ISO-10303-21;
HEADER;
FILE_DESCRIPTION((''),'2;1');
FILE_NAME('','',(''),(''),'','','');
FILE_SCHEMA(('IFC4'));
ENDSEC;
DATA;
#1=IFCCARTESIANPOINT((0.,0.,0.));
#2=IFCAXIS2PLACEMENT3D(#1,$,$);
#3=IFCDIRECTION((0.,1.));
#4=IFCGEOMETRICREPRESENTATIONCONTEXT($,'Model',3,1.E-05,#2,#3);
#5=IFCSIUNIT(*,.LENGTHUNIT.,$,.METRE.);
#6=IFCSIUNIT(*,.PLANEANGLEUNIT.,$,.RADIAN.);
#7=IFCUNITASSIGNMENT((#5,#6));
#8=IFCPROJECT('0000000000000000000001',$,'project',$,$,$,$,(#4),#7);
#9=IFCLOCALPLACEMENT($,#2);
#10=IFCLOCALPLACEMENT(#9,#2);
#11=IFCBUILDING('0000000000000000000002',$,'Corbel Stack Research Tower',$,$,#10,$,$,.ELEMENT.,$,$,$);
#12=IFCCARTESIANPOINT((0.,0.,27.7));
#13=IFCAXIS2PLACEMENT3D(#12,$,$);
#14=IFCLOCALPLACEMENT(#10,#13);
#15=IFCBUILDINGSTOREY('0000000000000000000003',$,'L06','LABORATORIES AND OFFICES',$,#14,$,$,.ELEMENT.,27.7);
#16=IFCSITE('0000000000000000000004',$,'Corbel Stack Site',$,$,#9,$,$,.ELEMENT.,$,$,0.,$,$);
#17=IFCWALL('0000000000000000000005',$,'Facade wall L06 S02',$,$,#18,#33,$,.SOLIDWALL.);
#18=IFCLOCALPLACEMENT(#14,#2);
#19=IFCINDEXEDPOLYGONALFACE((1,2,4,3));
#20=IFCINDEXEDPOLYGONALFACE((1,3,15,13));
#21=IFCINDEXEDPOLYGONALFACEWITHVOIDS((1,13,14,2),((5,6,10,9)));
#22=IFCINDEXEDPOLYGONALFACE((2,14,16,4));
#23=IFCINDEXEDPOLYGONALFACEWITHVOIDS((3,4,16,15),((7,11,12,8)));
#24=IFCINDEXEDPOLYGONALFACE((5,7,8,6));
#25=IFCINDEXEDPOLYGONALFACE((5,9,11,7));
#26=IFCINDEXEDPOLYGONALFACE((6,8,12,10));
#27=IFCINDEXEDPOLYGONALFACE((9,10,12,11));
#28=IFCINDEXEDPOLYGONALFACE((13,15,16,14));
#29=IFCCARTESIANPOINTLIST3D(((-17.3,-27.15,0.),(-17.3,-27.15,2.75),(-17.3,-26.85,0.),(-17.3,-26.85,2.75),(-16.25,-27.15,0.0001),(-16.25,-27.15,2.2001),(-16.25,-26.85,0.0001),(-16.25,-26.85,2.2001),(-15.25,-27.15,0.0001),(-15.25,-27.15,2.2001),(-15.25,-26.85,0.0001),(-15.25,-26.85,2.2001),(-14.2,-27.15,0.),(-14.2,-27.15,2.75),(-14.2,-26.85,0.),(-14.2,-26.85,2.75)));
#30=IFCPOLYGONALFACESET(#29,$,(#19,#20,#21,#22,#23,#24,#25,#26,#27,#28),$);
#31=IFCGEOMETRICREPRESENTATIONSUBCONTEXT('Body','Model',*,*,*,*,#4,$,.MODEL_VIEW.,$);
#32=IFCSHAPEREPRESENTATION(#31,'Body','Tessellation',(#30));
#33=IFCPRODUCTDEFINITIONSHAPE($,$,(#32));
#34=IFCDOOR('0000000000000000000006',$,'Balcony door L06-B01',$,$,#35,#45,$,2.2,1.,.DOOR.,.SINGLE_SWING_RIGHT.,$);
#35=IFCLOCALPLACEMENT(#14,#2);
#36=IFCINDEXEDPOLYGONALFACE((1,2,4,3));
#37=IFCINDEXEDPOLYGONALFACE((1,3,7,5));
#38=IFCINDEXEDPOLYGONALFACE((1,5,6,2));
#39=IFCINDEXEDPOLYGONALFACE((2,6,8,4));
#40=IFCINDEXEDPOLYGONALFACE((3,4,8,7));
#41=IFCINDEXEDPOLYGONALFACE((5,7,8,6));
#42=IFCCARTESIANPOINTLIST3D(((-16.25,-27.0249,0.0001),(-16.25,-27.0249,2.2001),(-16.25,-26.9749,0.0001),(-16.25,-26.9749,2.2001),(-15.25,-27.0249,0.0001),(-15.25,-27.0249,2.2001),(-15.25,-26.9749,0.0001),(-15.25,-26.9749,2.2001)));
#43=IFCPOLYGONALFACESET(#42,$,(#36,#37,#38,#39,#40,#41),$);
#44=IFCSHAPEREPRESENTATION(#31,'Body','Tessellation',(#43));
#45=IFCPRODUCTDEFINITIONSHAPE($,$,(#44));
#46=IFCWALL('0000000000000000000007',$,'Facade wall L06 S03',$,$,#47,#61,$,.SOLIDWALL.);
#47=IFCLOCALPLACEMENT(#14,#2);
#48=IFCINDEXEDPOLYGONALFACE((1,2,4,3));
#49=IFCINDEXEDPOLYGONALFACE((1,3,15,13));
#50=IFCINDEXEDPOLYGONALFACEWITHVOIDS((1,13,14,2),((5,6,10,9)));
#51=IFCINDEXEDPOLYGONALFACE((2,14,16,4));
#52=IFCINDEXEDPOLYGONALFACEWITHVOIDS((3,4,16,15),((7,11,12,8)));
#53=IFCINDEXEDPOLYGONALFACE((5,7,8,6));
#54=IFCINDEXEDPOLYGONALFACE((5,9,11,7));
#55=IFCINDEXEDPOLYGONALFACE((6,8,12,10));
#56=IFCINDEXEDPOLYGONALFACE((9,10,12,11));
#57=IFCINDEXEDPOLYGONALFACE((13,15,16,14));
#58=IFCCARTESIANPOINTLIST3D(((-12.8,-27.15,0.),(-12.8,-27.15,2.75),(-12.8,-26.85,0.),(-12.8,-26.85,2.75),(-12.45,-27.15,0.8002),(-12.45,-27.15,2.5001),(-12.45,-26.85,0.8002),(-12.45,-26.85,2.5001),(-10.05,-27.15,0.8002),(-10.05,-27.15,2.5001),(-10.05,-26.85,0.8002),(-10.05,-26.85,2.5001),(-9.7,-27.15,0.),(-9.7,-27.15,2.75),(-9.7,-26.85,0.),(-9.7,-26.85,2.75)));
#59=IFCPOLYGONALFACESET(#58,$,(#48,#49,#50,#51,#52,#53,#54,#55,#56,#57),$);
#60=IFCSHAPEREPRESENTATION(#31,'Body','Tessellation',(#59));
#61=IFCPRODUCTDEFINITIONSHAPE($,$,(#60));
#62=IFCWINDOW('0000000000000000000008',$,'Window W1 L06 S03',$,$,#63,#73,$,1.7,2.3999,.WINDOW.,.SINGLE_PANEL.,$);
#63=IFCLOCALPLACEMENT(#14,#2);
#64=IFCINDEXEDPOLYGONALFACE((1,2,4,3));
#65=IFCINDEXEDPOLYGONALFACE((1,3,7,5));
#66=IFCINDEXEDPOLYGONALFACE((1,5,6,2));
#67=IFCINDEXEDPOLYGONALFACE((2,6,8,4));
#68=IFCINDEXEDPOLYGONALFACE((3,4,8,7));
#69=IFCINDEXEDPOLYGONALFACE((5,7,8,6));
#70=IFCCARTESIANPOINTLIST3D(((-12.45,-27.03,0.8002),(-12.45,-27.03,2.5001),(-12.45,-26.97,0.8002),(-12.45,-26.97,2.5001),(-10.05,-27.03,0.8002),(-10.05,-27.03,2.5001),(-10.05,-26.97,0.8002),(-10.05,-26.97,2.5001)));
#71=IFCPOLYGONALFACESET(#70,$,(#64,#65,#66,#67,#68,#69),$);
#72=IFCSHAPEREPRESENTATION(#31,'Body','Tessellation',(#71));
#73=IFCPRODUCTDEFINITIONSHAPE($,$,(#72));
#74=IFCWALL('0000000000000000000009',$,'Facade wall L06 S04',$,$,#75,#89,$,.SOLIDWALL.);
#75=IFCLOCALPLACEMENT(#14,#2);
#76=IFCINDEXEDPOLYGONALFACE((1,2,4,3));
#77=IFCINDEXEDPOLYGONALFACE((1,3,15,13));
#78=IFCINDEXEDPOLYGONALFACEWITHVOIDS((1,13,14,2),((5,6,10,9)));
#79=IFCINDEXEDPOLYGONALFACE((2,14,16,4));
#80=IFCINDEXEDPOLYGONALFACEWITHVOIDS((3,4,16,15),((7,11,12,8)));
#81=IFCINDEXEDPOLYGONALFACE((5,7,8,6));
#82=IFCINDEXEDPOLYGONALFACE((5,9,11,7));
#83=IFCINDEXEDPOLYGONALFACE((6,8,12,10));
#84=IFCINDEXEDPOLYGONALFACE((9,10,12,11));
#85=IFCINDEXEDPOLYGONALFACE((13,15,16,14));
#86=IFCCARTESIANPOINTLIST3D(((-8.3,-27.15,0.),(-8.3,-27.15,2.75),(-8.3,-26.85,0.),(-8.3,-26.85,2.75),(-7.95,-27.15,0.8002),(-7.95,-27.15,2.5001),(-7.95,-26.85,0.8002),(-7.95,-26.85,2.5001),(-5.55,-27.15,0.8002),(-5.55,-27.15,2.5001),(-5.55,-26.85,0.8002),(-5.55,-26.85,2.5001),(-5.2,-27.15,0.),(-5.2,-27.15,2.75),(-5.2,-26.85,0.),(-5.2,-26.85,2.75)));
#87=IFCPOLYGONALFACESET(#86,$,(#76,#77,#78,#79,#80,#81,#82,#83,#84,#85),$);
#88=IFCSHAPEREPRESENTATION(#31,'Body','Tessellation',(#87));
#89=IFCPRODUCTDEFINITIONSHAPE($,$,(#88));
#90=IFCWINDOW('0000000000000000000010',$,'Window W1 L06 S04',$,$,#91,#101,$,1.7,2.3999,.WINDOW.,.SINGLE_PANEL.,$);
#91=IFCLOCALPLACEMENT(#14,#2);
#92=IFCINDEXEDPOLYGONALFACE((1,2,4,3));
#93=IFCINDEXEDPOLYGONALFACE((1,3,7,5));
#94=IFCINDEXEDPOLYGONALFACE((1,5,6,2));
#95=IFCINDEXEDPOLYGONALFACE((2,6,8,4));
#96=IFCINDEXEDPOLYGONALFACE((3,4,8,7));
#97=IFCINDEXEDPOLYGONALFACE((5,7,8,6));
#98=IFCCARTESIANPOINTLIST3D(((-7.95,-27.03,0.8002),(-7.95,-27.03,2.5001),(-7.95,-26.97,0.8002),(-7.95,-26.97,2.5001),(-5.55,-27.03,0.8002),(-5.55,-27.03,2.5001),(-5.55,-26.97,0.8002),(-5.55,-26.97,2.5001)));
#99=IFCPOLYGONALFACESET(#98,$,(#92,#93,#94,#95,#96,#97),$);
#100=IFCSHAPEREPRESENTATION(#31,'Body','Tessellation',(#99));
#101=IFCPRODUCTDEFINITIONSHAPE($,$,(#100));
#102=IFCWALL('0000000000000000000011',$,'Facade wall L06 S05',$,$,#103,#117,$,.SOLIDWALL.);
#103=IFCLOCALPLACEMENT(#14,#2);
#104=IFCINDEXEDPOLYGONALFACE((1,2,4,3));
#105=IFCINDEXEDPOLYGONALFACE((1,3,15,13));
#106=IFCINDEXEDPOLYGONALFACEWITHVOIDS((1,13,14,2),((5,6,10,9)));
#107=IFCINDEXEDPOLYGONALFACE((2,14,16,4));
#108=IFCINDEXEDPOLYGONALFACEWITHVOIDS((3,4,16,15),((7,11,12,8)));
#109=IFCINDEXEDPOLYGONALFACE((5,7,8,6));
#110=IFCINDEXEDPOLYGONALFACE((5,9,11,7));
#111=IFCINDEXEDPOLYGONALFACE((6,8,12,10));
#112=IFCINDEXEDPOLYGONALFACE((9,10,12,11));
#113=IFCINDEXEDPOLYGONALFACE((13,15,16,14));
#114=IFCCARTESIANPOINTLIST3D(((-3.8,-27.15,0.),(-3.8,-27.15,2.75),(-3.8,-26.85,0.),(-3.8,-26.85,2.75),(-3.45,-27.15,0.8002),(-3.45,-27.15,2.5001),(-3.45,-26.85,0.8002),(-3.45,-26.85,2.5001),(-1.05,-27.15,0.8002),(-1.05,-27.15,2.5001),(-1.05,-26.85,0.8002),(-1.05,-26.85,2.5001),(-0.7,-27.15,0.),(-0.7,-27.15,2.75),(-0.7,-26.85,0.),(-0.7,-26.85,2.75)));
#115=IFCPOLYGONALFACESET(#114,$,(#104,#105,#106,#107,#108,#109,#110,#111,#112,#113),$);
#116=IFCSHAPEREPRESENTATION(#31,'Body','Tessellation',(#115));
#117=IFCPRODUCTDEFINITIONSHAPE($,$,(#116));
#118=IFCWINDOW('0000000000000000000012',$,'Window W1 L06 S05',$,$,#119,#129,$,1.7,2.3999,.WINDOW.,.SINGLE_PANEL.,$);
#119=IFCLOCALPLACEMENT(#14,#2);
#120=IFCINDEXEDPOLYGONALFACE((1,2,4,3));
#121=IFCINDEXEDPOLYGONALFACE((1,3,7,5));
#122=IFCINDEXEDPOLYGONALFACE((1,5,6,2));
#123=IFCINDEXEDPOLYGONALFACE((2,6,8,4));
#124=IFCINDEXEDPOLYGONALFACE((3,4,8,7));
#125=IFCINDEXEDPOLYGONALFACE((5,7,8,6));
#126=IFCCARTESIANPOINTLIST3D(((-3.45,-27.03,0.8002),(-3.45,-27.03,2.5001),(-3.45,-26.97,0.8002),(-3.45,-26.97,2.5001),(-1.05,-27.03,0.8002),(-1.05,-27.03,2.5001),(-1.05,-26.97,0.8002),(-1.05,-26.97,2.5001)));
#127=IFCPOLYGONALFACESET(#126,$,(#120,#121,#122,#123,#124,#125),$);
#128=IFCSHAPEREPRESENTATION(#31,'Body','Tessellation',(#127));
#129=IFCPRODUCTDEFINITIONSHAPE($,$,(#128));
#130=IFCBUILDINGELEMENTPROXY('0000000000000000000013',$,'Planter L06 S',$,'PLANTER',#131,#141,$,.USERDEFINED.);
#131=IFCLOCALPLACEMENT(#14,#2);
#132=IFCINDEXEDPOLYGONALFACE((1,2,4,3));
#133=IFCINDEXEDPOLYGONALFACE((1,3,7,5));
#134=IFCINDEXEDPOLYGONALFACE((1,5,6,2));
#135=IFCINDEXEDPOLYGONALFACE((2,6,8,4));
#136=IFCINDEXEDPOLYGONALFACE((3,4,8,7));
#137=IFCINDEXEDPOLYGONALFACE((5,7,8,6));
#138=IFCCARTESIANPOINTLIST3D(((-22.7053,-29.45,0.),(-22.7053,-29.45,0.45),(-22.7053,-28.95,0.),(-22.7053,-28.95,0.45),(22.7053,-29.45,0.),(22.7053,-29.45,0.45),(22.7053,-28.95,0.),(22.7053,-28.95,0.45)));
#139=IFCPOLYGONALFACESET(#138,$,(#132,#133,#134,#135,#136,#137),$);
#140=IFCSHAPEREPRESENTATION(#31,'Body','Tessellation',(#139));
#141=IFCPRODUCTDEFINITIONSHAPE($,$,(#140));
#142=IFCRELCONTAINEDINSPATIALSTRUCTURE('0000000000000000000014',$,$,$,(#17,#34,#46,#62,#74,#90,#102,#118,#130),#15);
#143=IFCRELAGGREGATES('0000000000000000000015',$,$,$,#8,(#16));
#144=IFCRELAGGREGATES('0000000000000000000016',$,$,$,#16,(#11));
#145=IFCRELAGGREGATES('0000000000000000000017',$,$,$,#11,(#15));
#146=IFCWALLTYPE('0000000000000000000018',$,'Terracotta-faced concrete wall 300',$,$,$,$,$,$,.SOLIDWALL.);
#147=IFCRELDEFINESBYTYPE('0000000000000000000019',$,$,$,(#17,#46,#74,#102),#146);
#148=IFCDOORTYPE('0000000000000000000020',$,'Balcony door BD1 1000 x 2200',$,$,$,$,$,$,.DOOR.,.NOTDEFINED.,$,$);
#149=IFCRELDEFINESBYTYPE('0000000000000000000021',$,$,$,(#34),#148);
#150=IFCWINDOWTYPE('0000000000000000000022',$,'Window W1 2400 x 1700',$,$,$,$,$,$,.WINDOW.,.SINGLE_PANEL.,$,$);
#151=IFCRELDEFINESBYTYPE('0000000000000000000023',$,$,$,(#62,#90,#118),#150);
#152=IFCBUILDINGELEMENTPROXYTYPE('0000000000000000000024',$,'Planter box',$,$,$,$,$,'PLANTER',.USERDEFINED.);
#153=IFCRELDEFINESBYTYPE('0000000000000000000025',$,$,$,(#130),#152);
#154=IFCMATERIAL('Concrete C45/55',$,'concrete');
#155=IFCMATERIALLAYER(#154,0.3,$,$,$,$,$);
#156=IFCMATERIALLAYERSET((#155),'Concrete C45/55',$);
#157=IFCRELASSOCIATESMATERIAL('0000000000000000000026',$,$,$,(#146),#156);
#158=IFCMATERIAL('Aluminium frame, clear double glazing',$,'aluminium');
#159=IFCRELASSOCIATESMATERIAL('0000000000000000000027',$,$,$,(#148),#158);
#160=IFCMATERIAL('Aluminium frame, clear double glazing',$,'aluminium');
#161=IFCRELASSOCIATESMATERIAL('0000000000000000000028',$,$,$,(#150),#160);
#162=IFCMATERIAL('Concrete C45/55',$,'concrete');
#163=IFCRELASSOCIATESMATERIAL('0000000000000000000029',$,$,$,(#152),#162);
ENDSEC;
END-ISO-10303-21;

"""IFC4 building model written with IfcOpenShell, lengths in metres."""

from ifc_helpers import new_model, si_unit, direction, frame, frame_2d, origin, origin_2d, place, context, subcontext, project, spatial, rectangle, extrude, material, layer, layer_set, type_object, element, fill, save


model = new_model("IFC4")

# Units and contexts
model_context = context("Model", 3, precision=1e-05, world=origin(), true_north=direction((0.0, 1.0)))
body_context = subcontext(model_context, "Body", "Model", "MODEL_VIEW")
ifc_project = project(units=[si_unit("LENGTHUNIT", "METRE"), si_unit("PLANEANGLEUNIT", "RADIAN")], contexts=[model_context])

# Site, building, storey
site_placement = place(None, origin())
site = spatial("IfcSite", under=ifc_project, at=site_placement, Name="Corbel Stack Site", CompositionType="ELEMENT", RefElevation=0.0)
building_placement = place(site_placement, origin())
building = spatial("IfcBuilding", under=site, at=building_placement, Name="Corbel Stack Research Tower", CompositionType="ELEMENT")
storey_placement = place(building_placement, frame((0.0, 0.0, 27.7)))
storey = spatial("IfcBuildingStorey", under=building, at=storey_placement, Name="L06", Description="LABORATORIES AND OFFICES", CompositionType="ELEMENT", Elevation=27.7)

# Wall, opening, door
ifc_material_1 = material(Name="Concrete C45/55", Category="concrete")
ifc_layer_1 = layer(ifc_material_1, 0.3)
ifc_layer_set_1 = layer_set([ifc_layer_1], Name="Concrete C45/55")
wall_type_1 = type_object("IfcWallType", Name="Terracotta-faced concrete wall 300", PredefinedType="SOLIDWALL", material=ifc_layer_set_1)
wall_1_placement = place(storey_placement, frame((-14.2, -27.0, 0.0), z_axis=(0.0, 0.0, 1.0), x_axis=(-1.0, 0.0, 0.0)))
wall_1 = element("IfcWall", 1, at=wall_1_placement, inside=storey, type_object=wall_type_1, Name="Facade wall L06 S02", PredefinedType="SOLIDWALL", context=body_context, shape_type="SweptSolid", body=[
    extrude(rectangle(XDim=3.1001, YDim=0.3, at=frame_2d((1.55, 0.0))), origin(), (0.0, 0.0, 1.0), 2.75),
])
opening_1_placement = place(wall_1_placement, frame((1.05, 0.0, 0.0)))
opening_1 = element("IfcOpeningElement", 2, at=opening_1_placement, cuts=wall_1, PredefinedType="OPENING", context=body_context, shape_type="SweptSolid", body=[
    extrude(rectangle(XDim=1.0, YDim=2.2, at=frame_2d((0.5, 1.1001))), frame((0.0, 0.1599, 0.0), z_axis=(0.0, -1.0, 0.0), x_axis=(1.0, 0.0, 0.0)), (0.0, 0.0, 1.0), 0.3201),
])
ifc_material_2 = material(Name="Aluminium frame, clear double glazing", Category="aluminium")
door_type = type_object("IfcDoorType", Name="Balcony door BD1 1000 x 2200", OperationType="NOTDEFINED", PredefinedType="DOOR", material=ifc_material_2)
door_placement = place(opening_1_placement, origin())
door = element("IfcDoor", 3, at=door_placement, inside=storey, type_object=door_type, Name="Balcony door L06-B01", OperationType="SINGLE_SWING_RIGHT", OverallHeight=2.2, OverallWidth=1.0, PredefinedType="DOOR", context=body_context, shape_type="SweptSolid", body=[
    extrude(rectangle(XDim=1.0, YDim=2.2, at=frame_2d((0.5, 1.1001))), frame((0.0, 0.0249, 0.0), z_axis=(0.0, -1.0, 0.0), x_axis=(1.0, 0.0, 0.0)), (0.0, 0.0, 1.0), 0.05),
])
fill(opening_1, door)

# Walls, openings, windows
wall_2_placement = place(storey_placement, frame((-9.7, -27.0, 0.0), z_axis=(0.0, 0.0, 1.0), x_axis=(-1.0, 0.0, 0.0)))
wall_2 = element("IfcWall", 4, at=wall_2_placement, inside=storey, type_object=wall_type_1, Name="Facade wall L06 S03", PredefinedType="SOLIDWALL", context=body_context, shape_type="SweptSolid", body=[
    extrude(rectangle(XDim=3.1001, YDim=0.3, at=frame_2d((1.55, 0.0))), origin(), (0.0, 0.0, 1.0), 2.75),
])
opening_2_placement = place(wall_2_placement, frame((0.3501, 0.0, 0.8)))
opening_2 = element("IfcOpeningElement", 5, at=opening_2_placement, cuts=wall_2, PredefinedType="OPENING", context=body_context, shape_type="SweptSolid", body=[
    extrude(rectangle(XDim=2.3999, YDim=1.7, at=frame_2d((1.2, 0.8501))), frame((0.0, 0.1599, 0.0), z_axis=(0.0, -1.0, 0.0), x_axis=(1.0, 0.0, 0.0)), (0.0, 0.0, 1.0), 0.3201),
])
ifc_material_3 = material(Name="Aluminium frame, clear double glazing", Category="aluminium")
window_type = type_object("IfcWindowType", Name="Window W1 2400 x 1700", PartitioningType="SINGLE_PANEL", PredefinedType="WINDOW", material=ifc_material_3)
window_1_placement = place(opening_2_placement, origin())
window_1 = element("IfcWindow", 6, at=window_1_placement, inside=storey, type_object=window_type, Name="Window W1 L06 S03", OverallHeight=1.7, OverallWidth=2.3999, PartitioningType="SINGLE_PANEL", PredefinedType="WINDOW", context=body_context, shape_type="SweptSolid", body=[
    extrude(rectangle(XDim=2.3999, YDim=1.7, at=frame_2d((1.2, 0.8501))), frame((0.0, 0.03, 0.0), z_axis=(0.0, -1.0, 0.0), x_axis=(1.0, 0.0, 0.0)), (0.0, 0.0, 1.0), 0.0601),
])
fill(opening_2, window_1)
wall_3_placement = place(storey_placement, frame((-5.2, -27.0, 0.0), z_axis=(0.0, 0.0, 1.0), x_axis=(-1.0, 0.0, 0.0)))
wall_3 = element("IfcWall", 7, at=wall_3_placement, inside=storey, type_object=wall_type_1, Name="Facade wall L06 S04", PredefinedType="SOLIDWALL", context=body_context, shape_type="SweptSolid", body=[
    extrude(rectangle(XDim=3.1001, YDim=0.3, at=frame_2d((1.55, 0.0))), origin(), (0.0, 0.0, 1.0), 2.75),
])
opening_3_placement = place(wall_3_placement, frame((0.3501, 0.0, 0.8)))
opening_3 = element("IfcOpeningElement", 8, at=opening_3_placement, cuts=wall_3, PredefinedType="OPENING", context=body_context, shape_type="SweptSolid", body=[
    extrude(rectangle(XDim=2.3999, YDim=1.7, at=frame_2d((1.2, 0.8501))), frame((0.0, 0.1599, 0.0), z_axis=(0.0, -1.0, 0.0), x_axis=(1.0, 0.0, 0.0)), (0.0, 0.0, 1.0), 0.3201),
])
window_2_placement = place(opening_3_placement, origin())
window_2 = element("IfcWindow", 9, at=window_2_placement, inside=storey, type_object=window_type, Name="Window W1 L06 S04", OverallHeight=1.7, OverallWidth=2.3999, PartitioningType="SINGLE_PANEL", PredefinedType="WINDOW", context=body_context, shape_type="SweptSolid", body=[
    extrude(rectangle(XDim=2.3999, YDim=1.7, at=frame_2d((1.2, 0.8501))), frame((0.0, 0.03, 0.0), z_axis=(0.0, -1.0, 0.0), x_axis=(1.0, 0.0, 0.0)), (0.0, 0.0, 1.0), 0.0601),
])
fill(opening_3, window_2)
wall_4_placement = place(storey_placement, frame((-0.7, -27.0, 0.0), z_axis=(0.0, 0.0, 1.0), x_axis=(-1.0, 0.0, 0.0)))
wall_4 = element("IfcWall", 10, at=wall_4_placement, inside=storey, type_object=wall_type_1, Name="Facade wall L06 S05", PredefinedType="SOLIDWALL", context=body_context, shape_type="SweptSolid", body=[
    extrude(rectangle(XDim=3.1001, YDim=0.3, at=frame_2d((1.55, 0.0))), origin(), (0.0, 0.0, 1.0), 2.75),
])
opening_4_placement = place(wall_4_placement, frame((0.3501, 0.0, 0.8)))
opening_4 = element("IfcOpeningElement", 11, at=opening_4_placement, cuts=wall_4, PredefinedType="OPENING", context=body_context, shape_type="SweptSolid", body=[
    extrude(rectangle(XDim=2.3999, YDim=1.7, at=frame_2d((1.2, 0.8501))), frame((0.0, 0.1599, 0.0), z_axis=(0.0, -1.0, 0.0), x_axis=(1.0, 0.0, 0.0)), (0.0, 0.0, 1.0), 0.3201),
])
window_3_placement = place(opening_4_placement, origin())
window_3 = element("IfcWindow", 12, at=window_3_placement, inside=storey, type_object=window_type, Name="Window W1 L06 S05", OverallHeight=1.7, OverallWidth=2.3999, PartitioningType="SINGLE_PANEL", PredefinedType="WINDOW", context=body_context, shape_type="SweptSolid", body=[
    extrude(rectangle(XDim=2.3999, YDim=1.7, at=frame_2d((1.2, 0.8501))), frame((0.0, 0.03, 0.0), z_axis=(0.0, -1.0, 0.0), x_axis=(1.0, 0.0, 0.0)), (0.0, 0.0, 1.0), 0.0601),
])
fill(opening_4, window_3)

# Building element proxy
ifc_material_4 = material(Name="Concrete C45/55", Category="concrete")
building_element_proxy_type = type_object("IfcBuildingElementProxyType", Name="Planter box", ElementType="PLANTER", PredefinedType="USERDEFINED", material=ifc_material_4)
proxy_placement = place(storey_placement, frame((0.0, -29.2, 0.0), z_axis=(0.0, 0.0, 1.0), x_axis=(1.0, 0.0, 0.0)))
element("IfcBuildingElementProxy", 13, at=proxy_placement, inside=storey, type_object=building_element_proxy_type, Name="Planter L06 S", ObjectType="PLANTER", PredefinedType="USERDEFINED", context=body_context, shape_type="SweptSolid", body=[
    extrude(rectangle(XDim=45.4106, YDim=0.5, at=origin_2d()), origin(), (0.0, 0.0, 1.0), 0.45),
])

save(model, "model.ifc")
